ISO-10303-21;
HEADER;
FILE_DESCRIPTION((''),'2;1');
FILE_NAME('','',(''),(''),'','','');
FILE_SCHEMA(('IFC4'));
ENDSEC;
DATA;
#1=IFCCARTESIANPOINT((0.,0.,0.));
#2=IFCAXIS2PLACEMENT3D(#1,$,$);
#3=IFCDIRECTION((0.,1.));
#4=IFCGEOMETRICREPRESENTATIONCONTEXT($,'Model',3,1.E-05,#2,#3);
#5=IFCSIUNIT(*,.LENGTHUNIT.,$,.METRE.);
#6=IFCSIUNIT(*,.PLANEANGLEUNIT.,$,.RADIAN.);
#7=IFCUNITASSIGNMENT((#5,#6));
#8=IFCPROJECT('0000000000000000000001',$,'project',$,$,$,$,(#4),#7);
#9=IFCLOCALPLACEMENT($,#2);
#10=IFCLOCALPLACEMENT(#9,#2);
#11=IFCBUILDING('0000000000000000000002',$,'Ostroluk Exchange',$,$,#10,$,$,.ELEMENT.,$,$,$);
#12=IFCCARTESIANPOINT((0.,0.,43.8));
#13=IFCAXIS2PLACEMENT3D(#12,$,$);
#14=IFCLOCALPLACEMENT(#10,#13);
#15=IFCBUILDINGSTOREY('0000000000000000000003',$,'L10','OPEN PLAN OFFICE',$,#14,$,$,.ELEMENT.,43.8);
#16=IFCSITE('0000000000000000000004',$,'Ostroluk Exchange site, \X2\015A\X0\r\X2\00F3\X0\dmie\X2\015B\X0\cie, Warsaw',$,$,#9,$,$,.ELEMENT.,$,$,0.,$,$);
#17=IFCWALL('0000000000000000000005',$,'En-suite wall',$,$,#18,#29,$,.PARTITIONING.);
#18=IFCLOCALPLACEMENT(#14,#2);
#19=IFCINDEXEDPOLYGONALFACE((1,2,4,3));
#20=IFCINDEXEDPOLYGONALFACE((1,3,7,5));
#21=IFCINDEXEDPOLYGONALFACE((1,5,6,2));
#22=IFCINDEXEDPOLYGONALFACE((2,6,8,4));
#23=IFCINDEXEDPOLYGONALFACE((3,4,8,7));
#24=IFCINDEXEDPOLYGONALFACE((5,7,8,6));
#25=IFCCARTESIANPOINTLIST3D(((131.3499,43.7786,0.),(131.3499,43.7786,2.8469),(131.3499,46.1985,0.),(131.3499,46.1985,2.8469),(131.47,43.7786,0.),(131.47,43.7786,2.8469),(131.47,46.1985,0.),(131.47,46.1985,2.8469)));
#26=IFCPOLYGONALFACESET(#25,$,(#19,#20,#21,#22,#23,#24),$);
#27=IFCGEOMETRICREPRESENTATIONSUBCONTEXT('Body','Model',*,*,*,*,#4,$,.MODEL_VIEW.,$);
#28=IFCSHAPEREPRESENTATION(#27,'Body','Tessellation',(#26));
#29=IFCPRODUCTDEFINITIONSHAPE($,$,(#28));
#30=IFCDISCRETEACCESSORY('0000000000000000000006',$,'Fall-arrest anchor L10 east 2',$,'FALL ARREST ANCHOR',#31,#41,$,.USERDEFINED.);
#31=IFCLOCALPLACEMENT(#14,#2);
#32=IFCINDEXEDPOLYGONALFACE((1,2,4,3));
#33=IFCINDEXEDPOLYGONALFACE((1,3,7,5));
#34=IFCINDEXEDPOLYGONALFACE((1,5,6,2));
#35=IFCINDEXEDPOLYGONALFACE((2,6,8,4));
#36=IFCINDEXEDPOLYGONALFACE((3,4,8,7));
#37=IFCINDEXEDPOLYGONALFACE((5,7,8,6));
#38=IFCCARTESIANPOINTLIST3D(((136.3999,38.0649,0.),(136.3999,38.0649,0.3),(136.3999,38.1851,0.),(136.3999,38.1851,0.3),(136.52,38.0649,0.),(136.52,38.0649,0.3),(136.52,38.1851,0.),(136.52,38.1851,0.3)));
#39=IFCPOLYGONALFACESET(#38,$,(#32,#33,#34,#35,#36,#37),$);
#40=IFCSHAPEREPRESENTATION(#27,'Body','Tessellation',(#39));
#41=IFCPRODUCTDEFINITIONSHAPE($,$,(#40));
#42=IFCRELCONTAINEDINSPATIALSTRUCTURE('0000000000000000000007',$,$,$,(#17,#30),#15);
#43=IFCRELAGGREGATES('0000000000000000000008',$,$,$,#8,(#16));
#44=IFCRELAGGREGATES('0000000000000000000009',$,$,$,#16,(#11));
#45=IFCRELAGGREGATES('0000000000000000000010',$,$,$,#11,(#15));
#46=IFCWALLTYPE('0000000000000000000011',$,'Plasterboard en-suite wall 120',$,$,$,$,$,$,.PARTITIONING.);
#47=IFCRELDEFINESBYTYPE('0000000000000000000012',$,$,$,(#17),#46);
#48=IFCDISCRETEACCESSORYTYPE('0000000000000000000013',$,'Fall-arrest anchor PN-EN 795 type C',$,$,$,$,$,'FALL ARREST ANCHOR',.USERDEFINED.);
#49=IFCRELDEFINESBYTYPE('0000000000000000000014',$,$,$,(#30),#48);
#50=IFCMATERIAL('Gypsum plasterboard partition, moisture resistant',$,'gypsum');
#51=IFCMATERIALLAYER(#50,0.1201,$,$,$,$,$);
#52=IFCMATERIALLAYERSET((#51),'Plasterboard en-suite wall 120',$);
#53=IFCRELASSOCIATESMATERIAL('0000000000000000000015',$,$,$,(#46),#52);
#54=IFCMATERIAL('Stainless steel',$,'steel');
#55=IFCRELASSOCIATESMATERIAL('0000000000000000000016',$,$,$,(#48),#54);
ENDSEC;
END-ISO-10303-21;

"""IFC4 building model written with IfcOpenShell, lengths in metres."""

from ifc_helpers import new_model, si_unit, direction, frame, frame_2d, origin, origin_2d, place, context, subcontext, project, spatial, rectangle, extrude, material, layer, layer_set, type_object, element, save


model = new_model("IFC4")

# Units and contexts
model_context = context("Model", 3, precision=1e-05, world=origin(), true_north=direction((0.0, 1.0)))
body_context = subcontext(model_context, "Body", "Model", "MODEL_VIEW")
ifc_project = project(units=[si_unit("LENGTHUNIT", "METRE"), si_unit("PLANEANGLEUNIT", "RADIAN")], contexts=[model_context])

# Site, building, storey
site_placement = place(None, origin())
site = spatial("IfcSite", under=ifc_project, at=site_placement, Name="Ostroluk Exchange site, Śródmieście, Warsaw", CompositionType="ELEMENT", RefElevation=0.0)
building_placement = place(site_placement, origin())
building = spatial("IfcBuilding", under=site, at=building_placement, Name="Ostroluk Exchange", CompositionType="ELEMENT")
storey_placement = place(building_placement, frame((0.0, 0.0, 43.8)))
storey = spatial("IfcBuildingStorey", under=building, at=storey_placement, Name="L10", Description="OPEN PLAN OFFICE", CompositionType="ELEMENT", Elevation=43.8)

# Shared definitions
ifc_material_1 = material(Name="Gypsum plasterboard partition, moisture resistant", Category="gypsum")
ifc_layer_1 = layer(ifc_material_1, 0.1201)
ifc_layer_set_1 = layer_set([ifc_layer_1], Name="Plasterboard en-suite wall 120")
wall_type = type_object("IfcWallType", Name="Plasterboard en-suite wall 120", PredefinedType="PARTITIONING", material=ifc_layer_set_1)

# Wall
wall_1_placement = place(storey_placement, frame((131.4099, 43.7786, 0.0), z_axis=(0.0, 0.0, 1.0), x_axis=(0.0, 1.0, 0.0)))
element("IfcWall", 1, at=wall_1_placement, inside=storey, type_object=wall_type, Name="En-suite wall", PredefinedType="PARTITIONING", context=body_context, shape_type="SweptSolid", body=[
    extrude(rectangle(XDim=2.4199, YDim=0.1201, at=frame_2d((1.21, 0.0))), origin(), (0.0, 0.0, 1.0), 2.8469),
])

# Discrete accessory
ifc_material_2 = material(Name="Stainless steel", Category="steel")
discrete_accessory_type = type_object("IfcDiscreteAccessoryType", Name="Fall-arrest anchor PN-EN 795 type C", ElementType="FALL ARREST ANCHOR", PredefinedType="USERDEFINED", material=ifc_material_2)
discrete_accessory_placement = place(storey_placement, frame((136.46, 38.125, 0.0), z_axis=(0.0, 0.0, 1.0), x_axis=(1.0, 0.0, 0.0)))
element("IfcDiscreteAccessory", 2, at=discrete_accessory_placement, inside=storey, type_object=discrete_accessory_type, Name="Fall-arrest anchor L10 east 2", ObjectType="FALL ARREST ANCHOR", PredefinedType="USERDEFINED", context=body_context, shape_type="SweptSolid", body=[
    extrude(rectangle(XDim=0.1201, YDim=0.1201, at=origin_2d()), origin(), (0.0, 0.0, 1.0), 0.3),
])

save(model, "model.ifc")
